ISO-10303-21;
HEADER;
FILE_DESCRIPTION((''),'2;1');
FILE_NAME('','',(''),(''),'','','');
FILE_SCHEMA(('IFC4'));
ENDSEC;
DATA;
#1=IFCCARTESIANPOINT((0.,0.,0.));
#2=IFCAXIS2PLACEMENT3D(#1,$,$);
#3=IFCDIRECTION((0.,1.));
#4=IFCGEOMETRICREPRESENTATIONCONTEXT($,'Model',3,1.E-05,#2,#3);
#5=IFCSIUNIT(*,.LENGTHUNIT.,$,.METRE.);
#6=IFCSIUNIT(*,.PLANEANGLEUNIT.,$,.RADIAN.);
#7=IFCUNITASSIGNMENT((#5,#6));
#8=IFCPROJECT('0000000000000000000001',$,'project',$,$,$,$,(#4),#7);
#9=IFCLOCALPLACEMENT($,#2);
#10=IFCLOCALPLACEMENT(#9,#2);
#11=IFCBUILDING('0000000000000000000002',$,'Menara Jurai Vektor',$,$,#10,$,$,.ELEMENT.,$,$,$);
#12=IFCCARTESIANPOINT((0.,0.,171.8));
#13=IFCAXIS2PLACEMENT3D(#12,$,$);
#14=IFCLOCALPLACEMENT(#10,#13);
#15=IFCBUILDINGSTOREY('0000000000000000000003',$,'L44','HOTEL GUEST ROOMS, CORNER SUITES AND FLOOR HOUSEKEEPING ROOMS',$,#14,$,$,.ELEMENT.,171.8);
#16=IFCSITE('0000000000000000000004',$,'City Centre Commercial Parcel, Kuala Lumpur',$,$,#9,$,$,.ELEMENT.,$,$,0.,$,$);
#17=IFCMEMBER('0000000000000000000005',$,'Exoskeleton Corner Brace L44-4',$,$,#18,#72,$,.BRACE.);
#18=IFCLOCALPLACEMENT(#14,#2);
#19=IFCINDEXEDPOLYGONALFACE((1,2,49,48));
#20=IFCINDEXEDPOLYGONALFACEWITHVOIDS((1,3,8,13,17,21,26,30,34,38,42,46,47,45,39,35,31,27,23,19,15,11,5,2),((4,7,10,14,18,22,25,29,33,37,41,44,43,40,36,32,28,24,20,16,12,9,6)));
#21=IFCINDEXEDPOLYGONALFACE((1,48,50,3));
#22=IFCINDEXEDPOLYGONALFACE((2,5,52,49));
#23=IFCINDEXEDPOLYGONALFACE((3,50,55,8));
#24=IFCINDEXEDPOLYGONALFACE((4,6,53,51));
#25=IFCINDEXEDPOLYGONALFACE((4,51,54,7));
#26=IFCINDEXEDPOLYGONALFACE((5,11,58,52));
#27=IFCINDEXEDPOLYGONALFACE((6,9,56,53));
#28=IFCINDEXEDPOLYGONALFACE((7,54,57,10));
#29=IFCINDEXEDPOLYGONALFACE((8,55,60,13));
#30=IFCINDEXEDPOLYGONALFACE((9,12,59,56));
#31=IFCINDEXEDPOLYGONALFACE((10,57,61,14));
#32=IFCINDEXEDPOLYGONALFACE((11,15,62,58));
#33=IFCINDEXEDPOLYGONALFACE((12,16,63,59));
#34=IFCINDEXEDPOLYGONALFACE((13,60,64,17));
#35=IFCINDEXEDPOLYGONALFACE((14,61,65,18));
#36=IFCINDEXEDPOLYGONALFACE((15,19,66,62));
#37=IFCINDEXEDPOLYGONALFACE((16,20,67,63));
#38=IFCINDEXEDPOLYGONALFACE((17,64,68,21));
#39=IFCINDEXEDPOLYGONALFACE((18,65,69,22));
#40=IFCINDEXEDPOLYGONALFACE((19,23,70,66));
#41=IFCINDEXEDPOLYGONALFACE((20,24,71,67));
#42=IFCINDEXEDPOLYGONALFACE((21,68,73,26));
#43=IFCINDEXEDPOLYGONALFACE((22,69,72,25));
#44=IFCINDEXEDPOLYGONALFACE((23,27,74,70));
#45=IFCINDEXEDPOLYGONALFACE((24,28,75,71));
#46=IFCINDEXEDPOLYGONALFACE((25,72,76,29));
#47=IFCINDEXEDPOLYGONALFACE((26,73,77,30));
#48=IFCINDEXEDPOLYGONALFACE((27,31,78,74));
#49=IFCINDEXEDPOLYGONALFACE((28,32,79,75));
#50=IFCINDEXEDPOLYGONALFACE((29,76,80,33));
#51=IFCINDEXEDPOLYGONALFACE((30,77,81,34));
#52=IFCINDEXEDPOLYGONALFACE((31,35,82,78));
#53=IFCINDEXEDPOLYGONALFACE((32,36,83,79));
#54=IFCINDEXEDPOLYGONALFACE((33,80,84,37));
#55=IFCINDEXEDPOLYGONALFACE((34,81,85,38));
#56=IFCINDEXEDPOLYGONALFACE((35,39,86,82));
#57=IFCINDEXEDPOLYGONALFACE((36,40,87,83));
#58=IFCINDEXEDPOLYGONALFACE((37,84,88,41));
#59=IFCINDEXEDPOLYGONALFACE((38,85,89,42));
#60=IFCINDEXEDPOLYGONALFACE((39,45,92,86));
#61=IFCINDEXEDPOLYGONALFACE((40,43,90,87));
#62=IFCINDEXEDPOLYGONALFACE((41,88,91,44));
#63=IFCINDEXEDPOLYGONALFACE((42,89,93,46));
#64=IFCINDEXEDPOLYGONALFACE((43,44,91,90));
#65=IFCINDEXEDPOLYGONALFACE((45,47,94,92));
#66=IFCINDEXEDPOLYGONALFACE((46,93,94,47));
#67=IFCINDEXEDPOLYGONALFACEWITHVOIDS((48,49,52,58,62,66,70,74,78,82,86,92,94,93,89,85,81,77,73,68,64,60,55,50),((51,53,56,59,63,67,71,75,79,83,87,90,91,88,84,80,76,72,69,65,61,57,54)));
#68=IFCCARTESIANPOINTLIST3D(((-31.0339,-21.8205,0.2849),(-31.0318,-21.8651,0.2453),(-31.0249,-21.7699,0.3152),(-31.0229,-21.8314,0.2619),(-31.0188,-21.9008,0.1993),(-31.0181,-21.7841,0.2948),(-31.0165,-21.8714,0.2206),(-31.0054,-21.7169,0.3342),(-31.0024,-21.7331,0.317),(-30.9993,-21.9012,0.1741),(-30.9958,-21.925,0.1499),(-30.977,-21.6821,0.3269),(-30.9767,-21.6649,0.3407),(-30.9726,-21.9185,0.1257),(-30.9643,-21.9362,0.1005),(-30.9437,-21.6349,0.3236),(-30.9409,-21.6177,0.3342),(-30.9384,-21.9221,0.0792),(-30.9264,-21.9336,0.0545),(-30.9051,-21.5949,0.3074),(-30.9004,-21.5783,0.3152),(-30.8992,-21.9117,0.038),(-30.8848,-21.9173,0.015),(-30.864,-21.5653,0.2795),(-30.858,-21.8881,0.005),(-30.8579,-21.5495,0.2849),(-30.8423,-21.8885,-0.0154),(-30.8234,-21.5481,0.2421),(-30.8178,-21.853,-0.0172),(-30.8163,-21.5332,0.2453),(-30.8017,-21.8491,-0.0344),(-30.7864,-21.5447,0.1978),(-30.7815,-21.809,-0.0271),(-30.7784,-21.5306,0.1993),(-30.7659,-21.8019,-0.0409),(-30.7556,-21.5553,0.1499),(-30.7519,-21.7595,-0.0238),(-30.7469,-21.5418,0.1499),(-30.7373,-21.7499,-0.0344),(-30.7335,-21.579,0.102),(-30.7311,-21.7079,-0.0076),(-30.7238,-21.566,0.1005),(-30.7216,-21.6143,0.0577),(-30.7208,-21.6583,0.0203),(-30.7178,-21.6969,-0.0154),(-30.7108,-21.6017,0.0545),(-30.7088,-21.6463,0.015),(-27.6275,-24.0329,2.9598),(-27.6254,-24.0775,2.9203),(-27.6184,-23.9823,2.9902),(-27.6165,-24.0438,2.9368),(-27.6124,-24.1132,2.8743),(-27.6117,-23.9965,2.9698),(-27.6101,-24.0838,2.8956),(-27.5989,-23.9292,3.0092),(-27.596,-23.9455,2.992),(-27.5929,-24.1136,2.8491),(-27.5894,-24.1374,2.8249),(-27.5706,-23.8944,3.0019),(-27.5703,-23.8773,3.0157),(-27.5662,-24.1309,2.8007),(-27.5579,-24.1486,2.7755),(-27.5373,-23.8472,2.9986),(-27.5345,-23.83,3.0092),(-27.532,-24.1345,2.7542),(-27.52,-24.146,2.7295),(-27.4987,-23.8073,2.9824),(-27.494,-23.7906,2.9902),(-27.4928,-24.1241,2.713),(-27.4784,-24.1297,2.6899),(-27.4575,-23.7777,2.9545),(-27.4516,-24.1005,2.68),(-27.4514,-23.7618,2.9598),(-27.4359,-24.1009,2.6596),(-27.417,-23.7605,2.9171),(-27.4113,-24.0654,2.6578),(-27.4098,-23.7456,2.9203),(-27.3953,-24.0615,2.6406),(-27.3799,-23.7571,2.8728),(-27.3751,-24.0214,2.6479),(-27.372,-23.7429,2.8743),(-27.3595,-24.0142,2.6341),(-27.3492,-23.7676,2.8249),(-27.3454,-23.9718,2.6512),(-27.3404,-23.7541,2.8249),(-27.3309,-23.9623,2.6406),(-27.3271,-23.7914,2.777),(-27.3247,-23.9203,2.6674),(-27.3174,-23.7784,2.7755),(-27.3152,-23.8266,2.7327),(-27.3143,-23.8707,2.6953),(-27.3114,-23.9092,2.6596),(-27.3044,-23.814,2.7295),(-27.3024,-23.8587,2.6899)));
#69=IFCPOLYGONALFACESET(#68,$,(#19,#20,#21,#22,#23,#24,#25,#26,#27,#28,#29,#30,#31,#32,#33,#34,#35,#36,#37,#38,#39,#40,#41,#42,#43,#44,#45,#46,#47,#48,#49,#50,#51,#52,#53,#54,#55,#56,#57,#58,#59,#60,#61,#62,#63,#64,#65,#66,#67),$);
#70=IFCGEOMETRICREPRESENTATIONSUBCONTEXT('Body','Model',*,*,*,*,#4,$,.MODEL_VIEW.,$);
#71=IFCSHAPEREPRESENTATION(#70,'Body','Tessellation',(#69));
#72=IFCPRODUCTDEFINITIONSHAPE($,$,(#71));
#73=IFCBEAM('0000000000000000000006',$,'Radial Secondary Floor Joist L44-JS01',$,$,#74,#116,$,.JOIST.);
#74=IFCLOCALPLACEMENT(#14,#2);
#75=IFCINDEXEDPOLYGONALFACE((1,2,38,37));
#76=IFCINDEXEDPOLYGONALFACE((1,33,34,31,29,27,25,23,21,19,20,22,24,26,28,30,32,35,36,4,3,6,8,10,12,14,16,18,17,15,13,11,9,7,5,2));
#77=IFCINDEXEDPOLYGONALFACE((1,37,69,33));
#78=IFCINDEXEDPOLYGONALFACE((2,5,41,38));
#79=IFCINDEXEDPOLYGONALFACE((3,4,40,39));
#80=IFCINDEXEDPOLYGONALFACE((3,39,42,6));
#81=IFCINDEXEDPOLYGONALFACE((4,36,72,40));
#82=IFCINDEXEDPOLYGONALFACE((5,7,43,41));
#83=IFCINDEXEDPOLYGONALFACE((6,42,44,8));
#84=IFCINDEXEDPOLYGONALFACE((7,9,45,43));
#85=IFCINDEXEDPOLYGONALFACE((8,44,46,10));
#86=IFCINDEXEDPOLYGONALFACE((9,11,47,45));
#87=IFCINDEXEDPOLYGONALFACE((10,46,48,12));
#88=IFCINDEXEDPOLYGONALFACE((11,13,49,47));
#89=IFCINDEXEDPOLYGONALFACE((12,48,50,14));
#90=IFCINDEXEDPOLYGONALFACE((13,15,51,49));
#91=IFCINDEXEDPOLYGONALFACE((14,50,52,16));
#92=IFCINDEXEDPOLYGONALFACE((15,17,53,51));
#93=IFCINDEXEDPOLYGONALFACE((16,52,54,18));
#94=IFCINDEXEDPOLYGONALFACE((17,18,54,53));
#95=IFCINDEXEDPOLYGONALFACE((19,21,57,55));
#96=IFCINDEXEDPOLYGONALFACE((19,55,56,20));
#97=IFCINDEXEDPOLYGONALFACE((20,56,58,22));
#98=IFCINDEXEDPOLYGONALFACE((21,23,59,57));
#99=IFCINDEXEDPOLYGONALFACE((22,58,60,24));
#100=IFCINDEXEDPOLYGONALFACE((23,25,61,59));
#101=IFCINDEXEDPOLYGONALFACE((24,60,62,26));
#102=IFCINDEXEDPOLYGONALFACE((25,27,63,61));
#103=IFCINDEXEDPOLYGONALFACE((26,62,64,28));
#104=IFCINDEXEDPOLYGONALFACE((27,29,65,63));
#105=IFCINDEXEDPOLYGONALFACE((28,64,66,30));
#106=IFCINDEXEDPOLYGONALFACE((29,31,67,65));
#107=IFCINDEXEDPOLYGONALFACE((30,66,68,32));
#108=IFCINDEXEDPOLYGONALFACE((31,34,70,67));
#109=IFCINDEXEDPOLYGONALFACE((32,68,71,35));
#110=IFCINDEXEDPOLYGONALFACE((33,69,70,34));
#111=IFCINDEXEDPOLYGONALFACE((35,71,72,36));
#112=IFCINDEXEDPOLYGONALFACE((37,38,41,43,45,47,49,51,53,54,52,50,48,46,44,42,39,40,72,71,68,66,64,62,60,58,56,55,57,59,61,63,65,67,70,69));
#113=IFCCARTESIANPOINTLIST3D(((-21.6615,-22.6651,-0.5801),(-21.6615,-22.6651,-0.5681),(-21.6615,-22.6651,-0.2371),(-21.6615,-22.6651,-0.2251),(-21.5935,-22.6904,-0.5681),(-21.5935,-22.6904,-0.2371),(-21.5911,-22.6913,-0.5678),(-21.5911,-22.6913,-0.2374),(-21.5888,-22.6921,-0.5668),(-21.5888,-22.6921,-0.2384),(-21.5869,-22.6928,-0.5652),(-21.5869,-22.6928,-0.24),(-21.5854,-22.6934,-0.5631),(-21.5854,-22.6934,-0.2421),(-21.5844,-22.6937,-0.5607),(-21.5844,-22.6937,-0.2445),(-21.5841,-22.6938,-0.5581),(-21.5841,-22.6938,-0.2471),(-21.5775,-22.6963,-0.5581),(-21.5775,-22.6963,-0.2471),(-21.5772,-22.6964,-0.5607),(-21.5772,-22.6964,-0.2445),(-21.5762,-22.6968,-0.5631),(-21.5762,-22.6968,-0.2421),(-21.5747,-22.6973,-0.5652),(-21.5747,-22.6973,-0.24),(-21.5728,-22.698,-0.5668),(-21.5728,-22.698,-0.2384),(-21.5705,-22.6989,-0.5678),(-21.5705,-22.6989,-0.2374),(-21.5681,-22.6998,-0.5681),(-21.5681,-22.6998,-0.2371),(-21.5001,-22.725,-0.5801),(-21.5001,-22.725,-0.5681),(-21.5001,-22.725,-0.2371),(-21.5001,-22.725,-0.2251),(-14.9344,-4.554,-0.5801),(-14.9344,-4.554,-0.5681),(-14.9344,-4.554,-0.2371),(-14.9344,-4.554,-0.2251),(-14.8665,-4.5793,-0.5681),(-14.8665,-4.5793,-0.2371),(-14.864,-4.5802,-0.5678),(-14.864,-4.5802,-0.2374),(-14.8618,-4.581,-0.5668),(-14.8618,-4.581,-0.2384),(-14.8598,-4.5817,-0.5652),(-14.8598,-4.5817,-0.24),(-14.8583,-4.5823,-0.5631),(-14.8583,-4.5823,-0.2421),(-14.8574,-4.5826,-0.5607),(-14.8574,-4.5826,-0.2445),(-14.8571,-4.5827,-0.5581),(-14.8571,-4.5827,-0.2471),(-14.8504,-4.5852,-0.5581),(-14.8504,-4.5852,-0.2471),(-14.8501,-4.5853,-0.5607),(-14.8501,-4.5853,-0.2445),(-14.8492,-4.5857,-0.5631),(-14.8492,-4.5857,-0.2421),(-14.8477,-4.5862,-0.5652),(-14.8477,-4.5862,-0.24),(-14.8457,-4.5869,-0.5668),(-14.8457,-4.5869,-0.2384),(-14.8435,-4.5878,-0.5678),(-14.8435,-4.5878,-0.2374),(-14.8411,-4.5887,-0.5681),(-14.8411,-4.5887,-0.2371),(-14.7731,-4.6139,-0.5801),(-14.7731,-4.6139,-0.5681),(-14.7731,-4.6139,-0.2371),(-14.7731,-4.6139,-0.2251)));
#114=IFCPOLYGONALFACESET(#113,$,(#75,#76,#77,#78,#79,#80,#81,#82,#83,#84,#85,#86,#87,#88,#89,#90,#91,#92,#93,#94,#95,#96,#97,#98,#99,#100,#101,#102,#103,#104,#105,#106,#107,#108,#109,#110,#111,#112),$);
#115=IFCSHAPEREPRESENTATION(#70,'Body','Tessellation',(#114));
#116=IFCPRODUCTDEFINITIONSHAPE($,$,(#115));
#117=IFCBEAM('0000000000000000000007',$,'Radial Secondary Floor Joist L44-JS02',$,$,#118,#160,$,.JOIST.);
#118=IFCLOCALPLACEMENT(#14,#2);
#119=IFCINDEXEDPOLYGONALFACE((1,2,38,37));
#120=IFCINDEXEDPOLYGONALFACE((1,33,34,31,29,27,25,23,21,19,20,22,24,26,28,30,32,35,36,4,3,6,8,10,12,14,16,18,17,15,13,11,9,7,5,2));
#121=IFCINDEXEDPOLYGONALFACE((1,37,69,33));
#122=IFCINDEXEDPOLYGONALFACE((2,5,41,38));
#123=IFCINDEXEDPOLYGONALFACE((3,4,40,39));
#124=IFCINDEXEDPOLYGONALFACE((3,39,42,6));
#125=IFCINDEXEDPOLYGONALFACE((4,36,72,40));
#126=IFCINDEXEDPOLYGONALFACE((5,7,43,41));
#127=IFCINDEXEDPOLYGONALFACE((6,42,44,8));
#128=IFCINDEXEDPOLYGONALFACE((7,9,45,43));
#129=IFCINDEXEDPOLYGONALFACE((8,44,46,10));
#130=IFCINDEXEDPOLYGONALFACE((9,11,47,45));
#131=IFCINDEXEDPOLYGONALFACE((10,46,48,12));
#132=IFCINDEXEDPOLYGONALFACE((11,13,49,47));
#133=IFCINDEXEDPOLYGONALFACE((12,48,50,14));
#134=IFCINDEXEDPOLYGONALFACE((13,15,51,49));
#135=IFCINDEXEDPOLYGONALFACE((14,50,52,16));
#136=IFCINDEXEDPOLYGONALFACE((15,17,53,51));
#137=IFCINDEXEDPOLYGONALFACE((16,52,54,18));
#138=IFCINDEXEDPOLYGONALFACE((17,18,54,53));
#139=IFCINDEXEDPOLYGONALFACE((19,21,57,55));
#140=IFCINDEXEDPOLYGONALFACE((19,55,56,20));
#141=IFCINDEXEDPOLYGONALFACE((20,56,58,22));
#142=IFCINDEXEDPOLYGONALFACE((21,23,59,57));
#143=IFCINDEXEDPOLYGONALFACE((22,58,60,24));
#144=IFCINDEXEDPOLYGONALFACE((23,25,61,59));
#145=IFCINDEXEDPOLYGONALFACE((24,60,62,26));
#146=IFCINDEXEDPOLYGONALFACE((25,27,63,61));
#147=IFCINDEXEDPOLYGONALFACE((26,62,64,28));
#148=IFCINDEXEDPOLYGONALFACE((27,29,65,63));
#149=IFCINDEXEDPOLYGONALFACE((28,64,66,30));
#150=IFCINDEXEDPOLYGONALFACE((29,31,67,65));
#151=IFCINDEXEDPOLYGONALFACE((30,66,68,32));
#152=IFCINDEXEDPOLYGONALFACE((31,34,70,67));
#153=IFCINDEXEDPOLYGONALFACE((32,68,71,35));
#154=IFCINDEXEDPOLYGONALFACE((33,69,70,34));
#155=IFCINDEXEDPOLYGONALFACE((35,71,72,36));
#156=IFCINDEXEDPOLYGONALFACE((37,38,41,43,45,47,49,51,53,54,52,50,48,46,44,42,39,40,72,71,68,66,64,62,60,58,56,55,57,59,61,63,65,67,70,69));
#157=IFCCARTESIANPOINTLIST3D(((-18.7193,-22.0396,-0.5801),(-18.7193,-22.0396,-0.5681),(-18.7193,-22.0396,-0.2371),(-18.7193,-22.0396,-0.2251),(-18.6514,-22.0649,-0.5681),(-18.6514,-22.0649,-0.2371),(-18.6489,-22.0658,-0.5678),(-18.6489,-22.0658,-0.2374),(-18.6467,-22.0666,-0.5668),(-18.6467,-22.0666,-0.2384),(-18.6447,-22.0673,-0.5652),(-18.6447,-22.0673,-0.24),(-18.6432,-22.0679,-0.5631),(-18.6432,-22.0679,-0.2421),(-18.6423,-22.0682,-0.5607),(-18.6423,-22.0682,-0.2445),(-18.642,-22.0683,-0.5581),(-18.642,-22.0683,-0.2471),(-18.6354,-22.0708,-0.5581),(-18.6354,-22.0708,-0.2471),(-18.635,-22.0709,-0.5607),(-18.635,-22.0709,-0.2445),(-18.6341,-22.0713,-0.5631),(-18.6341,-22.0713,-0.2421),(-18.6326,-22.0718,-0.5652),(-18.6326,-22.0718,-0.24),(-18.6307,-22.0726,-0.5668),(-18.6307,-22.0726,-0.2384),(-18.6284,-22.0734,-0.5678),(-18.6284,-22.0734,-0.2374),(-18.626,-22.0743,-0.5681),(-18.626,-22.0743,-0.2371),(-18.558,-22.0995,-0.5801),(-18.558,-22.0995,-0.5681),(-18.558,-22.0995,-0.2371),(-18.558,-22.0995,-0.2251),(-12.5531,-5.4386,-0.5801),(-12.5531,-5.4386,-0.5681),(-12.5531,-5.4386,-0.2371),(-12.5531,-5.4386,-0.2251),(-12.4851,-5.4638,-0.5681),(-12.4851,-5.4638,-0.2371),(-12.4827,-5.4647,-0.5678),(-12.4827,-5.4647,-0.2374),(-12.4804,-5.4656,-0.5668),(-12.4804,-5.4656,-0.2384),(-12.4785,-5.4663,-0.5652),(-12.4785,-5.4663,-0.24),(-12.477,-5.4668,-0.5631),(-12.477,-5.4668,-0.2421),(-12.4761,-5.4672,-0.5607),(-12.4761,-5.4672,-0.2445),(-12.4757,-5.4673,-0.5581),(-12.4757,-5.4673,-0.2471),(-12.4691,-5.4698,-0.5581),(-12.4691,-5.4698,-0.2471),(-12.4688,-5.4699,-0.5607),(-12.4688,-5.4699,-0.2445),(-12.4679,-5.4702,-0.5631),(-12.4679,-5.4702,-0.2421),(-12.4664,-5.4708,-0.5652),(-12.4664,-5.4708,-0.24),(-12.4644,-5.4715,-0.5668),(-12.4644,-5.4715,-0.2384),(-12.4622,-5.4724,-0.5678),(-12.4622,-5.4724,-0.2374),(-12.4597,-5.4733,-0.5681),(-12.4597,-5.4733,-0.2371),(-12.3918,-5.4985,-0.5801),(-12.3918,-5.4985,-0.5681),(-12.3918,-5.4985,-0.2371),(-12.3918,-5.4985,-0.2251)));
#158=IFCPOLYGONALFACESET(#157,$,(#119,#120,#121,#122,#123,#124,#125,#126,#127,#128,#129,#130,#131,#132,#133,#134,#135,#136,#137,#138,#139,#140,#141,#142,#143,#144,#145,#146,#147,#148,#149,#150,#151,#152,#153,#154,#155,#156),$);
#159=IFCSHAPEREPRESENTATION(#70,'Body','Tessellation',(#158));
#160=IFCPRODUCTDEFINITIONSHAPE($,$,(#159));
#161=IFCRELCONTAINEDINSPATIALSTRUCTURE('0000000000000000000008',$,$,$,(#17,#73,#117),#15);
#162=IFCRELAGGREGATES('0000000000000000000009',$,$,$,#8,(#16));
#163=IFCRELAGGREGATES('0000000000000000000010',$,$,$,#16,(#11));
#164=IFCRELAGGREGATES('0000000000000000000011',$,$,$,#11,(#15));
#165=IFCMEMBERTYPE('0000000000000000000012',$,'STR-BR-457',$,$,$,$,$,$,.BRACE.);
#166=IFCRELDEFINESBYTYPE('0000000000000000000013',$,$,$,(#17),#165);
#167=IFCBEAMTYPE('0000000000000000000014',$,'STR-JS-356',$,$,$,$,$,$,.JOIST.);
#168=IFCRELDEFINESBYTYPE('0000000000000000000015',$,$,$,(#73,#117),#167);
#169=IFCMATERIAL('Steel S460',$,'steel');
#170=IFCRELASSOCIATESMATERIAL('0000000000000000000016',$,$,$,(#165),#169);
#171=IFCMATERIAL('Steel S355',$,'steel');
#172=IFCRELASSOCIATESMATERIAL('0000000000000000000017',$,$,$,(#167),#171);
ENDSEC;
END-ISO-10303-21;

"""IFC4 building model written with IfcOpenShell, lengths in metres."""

from ifc_helpers import new_model, si_unit, direction, frame, origin, origin_2d, place, context, subcontext, project, spatial, hollow_circle, i_section, extrude, material, material_profile, profile_set, type_object, element, save


model = new_model("IFC4")

# Units and contexts
model_context = context("Model", 3, precision=1e-05, world=origin(), true_north=direction((0.0, 1.0)))
body_context = subcontext(model_context, "Body", "Model", "MODEL_VIEW")
ifc_project = project(units=[si_unit("LENGTHUNIT", "METRE"), si_unit("PLANEANGLEUNIT", "RADIAN")], contexts=[model_context])

# Site, building, storey
site_placement = place(None, origin())
site = spatial("IfcSite", under=ifc_project, at=site_placement, Name="City Centre Commercial Parcel, Kuala Lumpur", CompositionType="ELEMENT", RefElevation=0.0)
building_placement = place(site_placement, origin())
building = spatial("IfcBuilding", under=site, at=building_placement, Name="Menara Jurai Vektor", CompositionType="ELEMENT")
storey_placement = place(building_placement, frame((0.0, 0.0, 171.8)))
storey = spatial("IfcBuildingStorey", under=building, at=storey_placement, Name="L44", Description="HOTEL GUEST ROOMS, CORNER SUITES AND FLOOR HOUSEKEEPING ROOMS", CompositionType="ELEMENT", Elevation=171.8)

# Shared definitions
ifc_material_1 = material(Name="Steel S460", Category="steel")

# Shared definitions
ifc_material_2 = material(Name="Steel S355", Category="steel")

# Member
ifc_material_profile_1 = material_profile(ifc_material_1, hollow_circle(Radius=0.2285, WallThickness=0.0161, at=origin_2d()), Name="CHS 457x16")
ifc_profile_set_1 = profile_set([ifc_material_profile_1], Name="Steel S460")
member_type_1 = type_object("IfcMemberType", Name="STR-BR-457", PredefinedType="BRACE", material=ifc_profile_set_1)
member_1_placement = place(storey_placement, frame((-30.8713, -21.7334, 0.1499), z_axis=(0.700403, -0.454888, 0.550012), x_axis=(0.544674, 0.838648, 0.0)))
element("IfcMember", 1, at=member_1_placement, inside=storey, type_object=member_type_1, Name="Exoskeleton Corner Brace L44-4", PredefinedType="BRACE", context=body_context, shape_type="SweptSolid", body=[
    extrude(hollow_circle(Radius=0.2285, WallThickness=0.0161, at=origin_2d()), origin(), (0.0, 0.0, 1.0), 4.8635),
])

# Beams
ifc_material_profile_2 = material_profile(ifc_material_2, i_section(OverallWidth=0.1721, OverallDepth=0.355, WebThickness=0.0071, FlangeThickness=0.012, FilletRadius=0.01, at=origin_2d()), Name="UKB 356x171x51")
ifc_profile_set_2 = profile_set([ifc_material_profile_2], Name="Steel S355")
beam_type_1 = type_object("IfcBeamType", Name="STR-JS-356", PredefinedType="JOIST", material=ifc_profile_set_2)
beam_1_placement = place(storey_placement, frame((-21.5808, -22.6951, -0.4026), z_axis=(0.34819, 0.937424, 0.0), x_axis=(-0.937424, 0.34819, 0.0)))
element("IfcBeam", 2, at=beam_1_placement, inside=storey, type_object=beam_type_1, Name="Radial Secondary Floor Joist L44-JS01", PredefinedType="JOIST", context=body_context, shape_type="SweptSolid", body=[
    extrude(i_section(OverallWidth=0.1721, OverallDepth=0.355, WebThickness=0.0071, FlangeThickness=0.012, FilletRadius=0.01, at=origin_2d()), origin(), (0.0, 0.0, 1.0), 19.3201),
])
beam_2_placement = place(storey_placement, frame((-18.6387, -22.0696, -0.4026), z_axis=(0.348194, 0.937423, 0.0), x_axis=(-0.937423, 0.348194, 0.0)))
element("IfcBeam", 3, at=beam_2_placement, inside=storey, type_object=beam_type_1, Name="Radial Secondary Floor Joist L44-JS02", PredefinedType="JOIST", context=body_context, shape_type="SweptSolid", body=[
    extrude(i_section(OverallWidth=0.1721, OverallDepth=0.355, WebThickness=0.0071, FlangeThickness=0.012, FilletRadius=0.01, at=origin_2d()), origin(), (0.0, 0.0, 1.0), 17.7092),
])

save(model, "model.ifc")
